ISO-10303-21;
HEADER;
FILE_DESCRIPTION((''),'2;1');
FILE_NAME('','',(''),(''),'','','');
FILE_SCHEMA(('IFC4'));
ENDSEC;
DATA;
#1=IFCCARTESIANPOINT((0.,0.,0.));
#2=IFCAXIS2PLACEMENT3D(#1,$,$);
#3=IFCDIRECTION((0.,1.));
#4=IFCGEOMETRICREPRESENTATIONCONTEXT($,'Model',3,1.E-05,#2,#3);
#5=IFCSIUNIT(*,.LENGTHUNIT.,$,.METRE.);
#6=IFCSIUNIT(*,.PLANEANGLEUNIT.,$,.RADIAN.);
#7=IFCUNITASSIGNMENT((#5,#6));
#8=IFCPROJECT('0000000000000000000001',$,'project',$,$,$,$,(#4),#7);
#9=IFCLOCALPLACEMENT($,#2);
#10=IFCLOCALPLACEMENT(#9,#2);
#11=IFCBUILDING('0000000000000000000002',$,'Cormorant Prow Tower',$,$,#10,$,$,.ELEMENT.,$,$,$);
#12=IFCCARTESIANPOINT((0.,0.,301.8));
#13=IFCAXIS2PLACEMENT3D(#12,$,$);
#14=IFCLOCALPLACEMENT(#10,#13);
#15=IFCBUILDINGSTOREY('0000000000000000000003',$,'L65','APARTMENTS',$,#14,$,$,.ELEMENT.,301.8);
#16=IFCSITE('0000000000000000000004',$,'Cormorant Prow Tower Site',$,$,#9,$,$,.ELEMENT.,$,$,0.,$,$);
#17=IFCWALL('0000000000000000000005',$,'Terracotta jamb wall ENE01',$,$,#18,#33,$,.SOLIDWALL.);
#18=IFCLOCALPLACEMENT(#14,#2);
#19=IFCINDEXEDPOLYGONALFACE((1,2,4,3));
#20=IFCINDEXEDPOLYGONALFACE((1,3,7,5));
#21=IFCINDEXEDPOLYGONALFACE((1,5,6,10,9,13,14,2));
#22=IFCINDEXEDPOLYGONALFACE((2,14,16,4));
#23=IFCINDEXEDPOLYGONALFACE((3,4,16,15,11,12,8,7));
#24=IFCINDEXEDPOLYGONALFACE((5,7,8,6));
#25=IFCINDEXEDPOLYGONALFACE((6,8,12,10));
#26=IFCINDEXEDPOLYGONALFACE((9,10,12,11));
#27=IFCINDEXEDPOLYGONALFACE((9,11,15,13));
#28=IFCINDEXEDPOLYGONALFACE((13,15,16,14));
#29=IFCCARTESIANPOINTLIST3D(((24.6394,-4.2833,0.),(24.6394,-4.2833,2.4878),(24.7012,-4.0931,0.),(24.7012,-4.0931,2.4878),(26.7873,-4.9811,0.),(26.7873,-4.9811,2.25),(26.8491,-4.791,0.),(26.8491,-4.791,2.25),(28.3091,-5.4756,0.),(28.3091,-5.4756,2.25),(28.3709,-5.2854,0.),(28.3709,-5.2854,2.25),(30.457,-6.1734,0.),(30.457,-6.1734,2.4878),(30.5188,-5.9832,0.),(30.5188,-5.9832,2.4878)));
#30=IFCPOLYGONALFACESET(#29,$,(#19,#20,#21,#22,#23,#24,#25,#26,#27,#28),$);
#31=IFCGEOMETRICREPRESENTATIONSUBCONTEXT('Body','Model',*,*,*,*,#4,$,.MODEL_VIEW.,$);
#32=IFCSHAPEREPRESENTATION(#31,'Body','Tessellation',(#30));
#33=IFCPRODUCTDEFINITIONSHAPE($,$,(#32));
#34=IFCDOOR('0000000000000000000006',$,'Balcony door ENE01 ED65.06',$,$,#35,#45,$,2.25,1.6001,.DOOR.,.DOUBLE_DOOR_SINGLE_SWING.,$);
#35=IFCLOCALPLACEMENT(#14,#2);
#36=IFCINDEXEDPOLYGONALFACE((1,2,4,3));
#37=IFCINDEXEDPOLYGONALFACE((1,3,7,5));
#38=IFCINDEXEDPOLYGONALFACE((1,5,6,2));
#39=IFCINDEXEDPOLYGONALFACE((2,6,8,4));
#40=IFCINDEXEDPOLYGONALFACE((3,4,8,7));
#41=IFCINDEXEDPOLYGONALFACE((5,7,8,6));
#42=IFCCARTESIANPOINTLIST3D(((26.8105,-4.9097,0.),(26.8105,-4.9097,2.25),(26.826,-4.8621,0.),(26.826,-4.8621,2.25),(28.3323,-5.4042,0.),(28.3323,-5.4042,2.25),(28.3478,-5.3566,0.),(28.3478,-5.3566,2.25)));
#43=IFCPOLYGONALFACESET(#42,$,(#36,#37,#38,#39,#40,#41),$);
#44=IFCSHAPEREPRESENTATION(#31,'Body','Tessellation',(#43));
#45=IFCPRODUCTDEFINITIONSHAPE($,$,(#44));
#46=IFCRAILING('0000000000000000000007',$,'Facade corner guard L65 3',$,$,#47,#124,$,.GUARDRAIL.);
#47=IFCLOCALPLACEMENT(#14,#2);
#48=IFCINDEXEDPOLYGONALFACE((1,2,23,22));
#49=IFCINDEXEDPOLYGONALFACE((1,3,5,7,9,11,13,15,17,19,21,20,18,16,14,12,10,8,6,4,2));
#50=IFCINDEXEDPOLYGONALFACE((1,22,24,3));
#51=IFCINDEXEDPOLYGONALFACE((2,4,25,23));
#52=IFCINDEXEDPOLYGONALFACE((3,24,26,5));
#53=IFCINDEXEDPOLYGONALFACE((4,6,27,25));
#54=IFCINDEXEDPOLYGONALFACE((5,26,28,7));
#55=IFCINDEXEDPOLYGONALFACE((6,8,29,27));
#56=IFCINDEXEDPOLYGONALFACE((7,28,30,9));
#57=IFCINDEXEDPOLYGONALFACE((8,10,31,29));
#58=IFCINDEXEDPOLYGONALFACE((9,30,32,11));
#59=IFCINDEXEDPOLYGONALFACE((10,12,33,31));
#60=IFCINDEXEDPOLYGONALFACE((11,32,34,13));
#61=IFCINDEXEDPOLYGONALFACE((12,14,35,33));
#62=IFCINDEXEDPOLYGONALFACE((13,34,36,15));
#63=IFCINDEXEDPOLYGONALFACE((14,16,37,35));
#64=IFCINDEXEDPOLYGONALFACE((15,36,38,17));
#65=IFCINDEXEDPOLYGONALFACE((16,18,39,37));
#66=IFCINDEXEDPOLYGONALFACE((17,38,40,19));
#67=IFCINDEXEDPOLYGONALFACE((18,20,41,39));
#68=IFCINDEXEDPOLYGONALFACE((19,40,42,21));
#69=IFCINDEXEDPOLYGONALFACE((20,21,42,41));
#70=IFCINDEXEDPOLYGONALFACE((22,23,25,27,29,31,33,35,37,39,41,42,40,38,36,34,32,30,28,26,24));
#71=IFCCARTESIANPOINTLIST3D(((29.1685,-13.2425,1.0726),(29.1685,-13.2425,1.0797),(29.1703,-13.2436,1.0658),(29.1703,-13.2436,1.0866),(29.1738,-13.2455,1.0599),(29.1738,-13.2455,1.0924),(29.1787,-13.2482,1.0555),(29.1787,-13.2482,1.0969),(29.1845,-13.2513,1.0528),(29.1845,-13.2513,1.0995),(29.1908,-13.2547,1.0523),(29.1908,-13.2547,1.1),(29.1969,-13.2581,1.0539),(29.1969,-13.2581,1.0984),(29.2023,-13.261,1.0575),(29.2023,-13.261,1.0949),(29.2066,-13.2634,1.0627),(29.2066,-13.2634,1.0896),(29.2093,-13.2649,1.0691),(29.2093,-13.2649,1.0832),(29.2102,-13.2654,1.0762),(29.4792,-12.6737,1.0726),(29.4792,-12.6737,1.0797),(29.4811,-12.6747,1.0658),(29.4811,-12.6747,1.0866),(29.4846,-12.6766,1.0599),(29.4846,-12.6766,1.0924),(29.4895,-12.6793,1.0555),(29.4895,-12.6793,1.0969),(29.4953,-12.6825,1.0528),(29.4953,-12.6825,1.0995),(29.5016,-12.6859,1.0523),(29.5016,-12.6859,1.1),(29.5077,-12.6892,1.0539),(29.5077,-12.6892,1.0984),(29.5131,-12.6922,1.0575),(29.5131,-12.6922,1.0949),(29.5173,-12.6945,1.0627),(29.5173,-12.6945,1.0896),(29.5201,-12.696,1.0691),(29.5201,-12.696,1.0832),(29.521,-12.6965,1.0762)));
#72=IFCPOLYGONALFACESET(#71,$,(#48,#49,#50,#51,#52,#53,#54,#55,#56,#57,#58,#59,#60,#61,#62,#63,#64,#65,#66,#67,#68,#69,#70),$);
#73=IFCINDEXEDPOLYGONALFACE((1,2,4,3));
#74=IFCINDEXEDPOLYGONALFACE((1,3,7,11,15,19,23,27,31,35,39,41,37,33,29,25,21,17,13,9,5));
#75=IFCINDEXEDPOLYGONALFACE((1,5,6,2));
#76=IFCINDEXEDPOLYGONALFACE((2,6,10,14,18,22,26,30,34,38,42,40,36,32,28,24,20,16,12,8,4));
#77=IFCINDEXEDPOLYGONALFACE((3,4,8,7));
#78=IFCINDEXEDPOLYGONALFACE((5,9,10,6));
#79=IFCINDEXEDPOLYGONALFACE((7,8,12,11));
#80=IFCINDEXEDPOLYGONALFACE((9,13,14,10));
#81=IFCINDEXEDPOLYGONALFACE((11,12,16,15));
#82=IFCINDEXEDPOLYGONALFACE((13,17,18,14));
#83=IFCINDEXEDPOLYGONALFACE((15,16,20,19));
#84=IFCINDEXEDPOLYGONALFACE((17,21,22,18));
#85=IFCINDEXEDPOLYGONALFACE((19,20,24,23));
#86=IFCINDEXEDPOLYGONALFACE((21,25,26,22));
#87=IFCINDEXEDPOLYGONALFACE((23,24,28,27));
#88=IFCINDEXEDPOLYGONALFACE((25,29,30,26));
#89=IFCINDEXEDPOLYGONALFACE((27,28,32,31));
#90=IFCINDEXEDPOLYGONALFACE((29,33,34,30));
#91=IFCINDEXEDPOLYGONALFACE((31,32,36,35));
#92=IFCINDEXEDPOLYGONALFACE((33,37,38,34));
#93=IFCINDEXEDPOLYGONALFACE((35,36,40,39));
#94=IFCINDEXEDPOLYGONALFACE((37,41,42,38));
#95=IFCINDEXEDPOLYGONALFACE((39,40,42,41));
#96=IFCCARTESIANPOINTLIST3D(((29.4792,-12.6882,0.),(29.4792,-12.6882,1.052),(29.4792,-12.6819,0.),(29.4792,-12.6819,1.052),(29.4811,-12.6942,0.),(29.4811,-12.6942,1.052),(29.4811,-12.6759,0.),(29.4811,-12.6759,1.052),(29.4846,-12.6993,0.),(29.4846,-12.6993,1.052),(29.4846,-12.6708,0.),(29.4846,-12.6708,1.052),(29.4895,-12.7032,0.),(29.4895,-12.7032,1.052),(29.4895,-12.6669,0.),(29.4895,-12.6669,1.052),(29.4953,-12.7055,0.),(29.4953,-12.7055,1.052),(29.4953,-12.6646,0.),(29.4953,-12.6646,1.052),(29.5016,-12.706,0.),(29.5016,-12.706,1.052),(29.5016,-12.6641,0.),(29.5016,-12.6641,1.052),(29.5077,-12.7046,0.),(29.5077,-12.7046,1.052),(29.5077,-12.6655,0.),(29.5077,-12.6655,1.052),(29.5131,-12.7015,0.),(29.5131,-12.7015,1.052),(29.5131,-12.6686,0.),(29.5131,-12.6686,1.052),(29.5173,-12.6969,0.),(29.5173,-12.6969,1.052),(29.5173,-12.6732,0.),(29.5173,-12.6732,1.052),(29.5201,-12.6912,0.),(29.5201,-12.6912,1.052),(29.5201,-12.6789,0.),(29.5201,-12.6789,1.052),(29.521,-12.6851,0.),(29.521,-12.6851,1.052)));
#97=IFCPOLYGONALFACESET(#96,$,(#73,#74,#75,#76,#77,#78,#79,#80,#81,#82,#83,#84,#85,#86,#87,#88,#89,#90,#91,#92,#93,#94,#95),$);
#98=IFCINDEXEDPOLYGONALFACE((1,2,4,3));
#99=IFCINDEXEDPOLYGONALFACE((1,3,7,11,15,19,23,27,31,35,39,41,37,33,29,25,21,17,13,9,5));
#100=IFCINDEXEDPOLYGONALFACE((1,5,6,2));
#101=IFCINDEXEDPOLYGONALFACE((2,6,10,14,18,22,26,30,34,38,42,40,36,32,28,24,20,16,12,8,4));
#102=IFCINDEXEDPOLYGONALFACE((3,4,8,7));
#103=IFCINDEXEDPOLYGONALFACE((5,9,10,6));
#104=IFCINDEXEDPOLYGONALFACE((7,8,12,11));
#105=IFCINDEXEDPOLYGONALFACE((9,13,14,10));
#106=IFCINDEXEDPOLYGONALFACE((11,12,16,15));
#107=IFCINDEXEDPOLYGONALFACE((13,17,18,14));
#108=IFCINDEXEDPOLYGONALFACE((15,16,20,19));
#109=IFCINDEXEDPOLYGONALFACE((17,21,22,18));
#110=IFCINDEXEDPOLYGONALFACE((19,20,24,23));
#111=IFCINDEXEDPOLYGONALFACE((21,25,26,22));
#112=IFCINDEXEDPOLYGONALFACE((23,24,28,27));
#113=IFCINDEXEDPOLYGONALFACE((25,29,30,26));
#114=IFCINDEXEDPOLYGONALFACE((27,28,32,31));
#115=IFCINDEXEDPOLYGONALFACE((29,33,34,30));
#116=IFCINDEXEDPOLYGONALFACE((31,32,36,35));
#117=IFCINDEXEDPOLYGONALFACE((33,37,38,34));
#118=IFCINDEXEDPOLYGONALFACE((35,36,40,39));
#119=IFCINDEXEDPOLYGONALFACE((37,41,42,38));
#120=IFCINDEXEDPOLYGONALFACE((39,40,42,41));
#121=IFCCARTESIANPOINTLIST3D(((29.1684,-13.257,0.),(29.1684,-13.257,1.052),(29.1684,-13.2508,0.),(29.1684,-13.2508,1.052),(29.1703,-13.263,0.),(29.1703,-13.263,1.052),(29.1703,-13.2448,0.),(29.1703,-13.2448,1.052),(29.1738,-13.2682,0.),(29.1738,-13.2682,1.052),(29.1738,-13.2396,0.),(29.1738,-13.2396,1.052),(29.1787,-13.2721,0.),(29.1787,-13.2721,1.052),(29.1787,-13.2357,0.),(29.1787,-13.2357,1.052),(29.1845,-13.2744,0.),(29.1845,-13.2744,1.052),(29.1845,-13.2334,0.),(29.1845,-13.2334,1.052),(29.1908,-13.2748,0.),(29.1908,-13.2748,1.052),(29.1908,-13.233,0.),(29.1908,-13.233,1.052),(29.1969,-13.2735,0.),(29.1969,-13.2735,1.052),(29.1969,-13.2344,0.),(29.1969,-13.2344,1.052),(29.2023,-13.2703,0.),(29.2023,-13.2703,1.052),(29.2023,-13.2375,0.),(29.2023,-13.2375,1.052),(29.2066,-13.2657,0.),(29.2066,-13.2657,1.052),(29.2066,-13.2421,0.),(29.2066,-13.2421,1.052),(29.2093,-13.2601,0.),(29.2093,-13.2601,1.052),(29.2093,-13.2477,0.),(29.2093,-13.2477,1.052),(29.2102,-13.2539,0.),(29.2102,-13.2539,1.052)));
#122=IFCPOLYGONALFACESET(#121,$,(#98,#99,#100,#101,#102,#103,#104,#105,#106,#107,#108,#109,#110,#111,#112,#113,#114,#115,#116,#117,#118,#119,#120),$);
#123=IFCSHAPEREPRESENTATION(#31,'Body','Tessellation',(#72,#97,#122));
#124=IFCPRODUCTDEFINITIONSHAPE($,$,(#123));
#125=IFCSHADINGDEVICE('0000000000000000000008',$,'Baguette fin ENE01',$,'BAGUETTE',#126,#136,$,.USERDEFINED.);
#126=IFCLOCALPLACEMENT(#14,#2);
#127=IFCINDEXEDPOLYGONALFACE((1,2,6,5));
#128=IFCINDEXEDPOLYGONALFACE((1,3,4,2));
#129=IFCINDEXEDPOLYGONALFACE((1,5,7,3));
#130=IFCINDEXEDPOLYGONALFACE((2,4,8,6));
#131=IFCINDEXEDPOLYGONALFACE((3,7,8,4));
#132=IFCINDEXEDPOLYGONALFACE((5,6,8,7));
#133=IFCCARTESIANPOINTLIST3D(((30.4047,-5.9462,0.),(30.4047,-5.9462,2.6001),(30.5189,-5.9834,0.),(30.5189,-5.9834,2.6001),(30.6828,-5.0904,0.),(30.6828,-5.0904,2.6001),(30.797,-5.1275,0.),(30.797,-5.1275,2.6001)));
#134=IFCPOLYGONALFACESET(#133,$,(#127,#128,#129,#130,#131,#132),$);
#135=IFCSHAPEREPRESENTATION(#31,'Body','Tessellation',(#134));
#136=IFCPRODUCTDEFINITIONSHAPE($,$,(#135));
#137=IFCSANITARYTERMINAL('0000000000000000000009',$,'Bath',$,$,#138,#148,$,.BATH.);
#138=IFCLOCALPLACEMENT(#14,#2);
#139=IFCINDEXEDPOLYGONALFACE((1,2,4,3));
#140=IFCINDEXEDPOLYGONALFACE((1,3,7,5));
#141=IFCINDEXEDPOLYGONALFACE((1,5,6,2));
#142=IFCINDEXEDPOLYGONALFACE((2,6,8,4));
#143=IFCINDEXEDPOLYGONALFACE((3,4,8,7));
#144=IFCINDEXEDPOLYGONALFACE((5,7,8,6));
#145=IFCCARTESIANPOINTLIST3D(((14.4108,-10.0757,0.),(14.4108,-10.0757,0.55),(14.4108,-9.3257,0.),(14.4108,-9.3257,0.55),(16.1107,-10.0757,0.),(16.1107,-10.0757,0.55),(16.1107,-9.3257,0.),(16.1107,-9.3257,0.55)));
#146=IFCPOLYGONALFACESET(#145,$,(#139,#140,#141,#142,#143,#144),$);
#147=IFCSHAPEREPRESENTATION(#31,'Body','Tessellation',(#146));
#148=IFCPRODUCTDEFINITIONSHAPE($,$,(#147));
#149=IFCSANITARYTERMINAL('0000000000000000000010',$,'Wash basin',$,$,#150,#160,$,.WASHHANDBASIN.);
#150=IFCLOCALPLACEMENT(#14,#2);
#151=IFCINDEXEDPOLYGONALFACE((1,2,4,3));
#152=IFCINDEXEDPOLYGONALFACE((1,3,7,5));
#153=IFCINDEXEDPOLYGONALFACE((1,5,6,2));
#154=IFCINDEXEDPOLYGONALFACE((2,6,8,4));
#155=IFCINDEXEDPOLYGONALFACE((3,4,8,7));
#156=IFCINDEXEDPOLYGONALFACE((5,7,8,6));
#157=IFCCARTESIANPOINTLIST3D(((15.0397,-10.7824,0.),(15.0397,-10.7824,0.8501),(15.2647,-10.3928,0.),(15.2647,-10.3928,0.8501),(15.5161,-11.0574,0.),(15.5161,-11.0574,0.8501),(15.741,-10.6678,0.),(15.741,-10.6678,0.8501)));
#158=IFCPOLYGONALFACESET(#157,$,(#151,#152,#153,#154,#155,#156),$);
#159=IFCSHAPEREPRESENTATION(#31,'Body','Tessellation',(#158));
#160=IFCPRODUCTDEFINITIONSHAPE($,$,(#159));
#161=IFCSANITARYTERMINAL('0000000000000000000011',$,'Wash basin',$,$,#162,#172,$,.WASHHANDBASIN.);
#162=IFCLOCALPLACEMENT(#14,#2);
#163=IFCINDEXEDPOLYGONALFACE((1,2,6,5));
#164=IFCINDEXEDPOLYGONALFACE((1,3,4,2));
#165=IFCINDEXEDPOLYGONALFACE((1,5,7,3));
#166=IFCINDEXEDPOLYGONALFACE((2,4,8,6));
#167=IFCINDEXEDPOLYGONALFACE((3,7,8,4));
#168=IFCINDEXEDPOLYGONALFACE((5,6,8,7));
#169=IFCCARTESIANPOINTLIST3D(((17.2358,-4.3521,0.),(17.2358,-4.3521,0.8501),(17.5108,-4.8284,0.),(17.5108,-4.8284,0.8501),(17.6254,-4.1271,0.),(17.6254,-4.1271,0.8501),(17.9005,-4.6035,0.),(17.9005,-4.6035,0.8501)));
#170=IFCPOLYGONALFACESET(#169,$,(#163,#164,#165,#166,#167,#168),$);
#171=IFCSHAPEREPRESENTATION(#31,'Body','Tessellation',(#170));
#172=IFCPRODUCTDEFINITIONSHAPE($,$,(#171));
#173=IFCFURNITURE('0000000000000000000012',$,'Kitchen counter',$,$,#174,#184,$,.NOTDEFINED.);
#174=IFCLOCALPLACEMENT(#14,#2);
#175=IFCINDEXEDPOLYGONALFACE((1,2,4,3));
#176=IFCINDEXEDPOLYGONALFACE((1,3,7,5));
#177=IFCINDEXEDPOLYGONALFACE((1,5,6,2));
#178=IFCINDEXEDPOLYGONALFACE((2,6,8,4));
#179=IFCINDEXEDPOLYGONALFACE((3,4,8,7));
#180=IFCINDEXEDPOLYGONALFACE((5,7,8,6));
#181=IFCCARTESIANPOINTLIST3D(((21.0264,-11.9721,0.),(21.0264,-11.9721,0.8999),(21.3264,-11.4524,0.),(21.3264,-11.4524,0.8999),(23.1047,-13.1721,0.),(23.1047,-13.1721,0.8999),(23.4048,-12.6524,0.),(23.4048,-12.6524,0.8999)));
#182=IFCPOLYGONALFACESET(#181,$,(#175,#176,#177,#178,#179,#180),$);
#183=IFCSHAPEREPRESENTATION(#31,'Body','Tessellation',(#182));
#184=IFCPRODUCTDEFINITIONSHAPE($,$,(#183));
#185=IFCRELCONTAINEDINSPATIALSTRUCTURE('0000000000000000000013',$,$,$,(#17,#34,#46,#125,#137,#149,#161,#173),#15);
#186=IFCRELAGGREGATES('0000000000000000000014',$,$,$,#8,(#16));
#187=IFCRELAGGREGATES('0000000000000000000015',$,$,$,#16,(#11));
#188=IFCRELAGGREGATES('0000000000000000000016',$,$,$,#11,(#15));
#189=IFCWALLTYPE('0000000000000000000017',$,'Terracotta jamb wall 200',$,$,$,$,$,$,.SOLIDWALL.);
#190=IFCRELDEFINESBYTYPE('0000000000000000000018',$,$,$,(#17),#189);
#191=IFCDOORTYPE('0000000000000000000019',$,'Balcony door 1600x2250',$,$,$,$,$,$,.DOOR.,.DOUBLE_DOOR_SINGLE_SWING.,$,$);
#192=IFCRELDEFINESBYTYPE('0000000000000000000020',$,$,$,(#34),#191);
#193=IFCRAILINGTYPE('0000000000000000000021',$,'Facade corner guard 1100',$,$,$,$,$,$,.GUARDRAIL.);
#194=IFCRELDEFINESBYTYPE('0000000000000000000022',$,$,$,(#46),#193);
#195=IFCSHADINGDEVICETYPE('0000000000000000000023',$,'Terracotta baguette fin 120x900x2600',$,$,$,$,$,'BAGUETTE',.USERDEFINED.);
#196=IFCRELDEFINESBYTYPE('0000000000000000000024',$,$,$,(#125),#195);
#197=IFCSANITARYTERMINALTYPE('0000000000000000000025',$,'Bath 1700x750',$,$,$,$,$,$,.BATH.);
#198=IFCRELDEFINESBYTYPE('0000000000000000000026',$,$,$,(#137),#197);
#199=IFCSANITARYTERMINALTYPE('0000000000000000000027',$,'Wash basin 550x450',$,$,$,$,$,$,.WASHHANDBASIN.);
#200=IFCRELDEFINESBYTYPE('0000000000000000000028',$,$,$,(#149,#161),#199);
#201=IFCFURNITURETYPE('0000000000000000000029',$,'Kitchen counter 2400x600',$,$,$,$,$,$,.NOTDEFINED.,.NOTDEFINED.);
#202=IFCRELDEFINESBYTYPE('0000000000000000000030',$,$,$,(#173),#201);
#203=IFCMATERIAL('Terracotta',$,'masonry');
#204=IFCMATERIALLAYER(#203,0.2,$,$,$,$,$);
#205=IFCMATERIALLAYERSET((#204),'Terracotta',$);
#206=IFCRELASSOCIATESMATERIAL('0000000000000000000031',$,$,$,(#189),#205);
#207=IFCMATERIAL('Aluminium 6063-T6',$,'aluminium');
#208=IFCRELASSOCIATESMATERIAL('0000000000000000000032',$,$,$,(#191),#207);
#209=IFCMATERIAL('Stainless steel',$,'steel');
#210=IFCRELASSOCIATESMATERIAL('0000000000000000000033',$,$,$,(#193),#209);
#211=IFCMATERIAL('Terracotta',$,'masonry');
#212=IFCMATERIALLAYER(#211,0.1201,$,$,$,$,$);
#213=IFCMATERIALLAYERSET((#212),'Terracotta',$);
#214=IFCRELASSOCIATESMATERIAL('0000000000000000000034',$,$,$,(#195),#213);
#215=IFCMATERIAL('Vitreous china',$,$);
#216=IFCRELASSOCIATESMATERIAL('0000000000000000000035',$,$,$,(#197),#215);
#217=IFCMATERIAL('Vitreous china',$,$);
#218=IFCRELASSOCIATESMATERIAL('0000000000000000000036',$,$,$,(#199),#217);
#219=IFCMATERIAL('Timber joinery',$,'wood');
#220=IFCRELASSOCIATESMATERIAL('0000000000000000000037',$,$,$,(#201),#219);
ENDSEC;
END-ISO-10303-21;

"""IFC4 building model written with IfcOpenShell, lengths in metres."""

from ifc_helpers import new_model, si_unit, direction, frame, frame_2d, origin, origin_2d, place, context, subcontext, project, spatial, rectangle, circle, extrude, material, layer, layer_set, type_object, element, fill, save


model = new_model("IFC4")

# Units and contexts
model_context = context("Model", 3, precision=1e-05, world=origin(), true_north=direction((0.0, 1.0)))
body_context = subcontext(model_context, "Body", "Model", "MODEL_VIEW")
ifc_project = project(units=[si_unit("LENGTHUNIT", "METRE"), si_unit("PLANEANGLEUNIT", "RADIAN")], contexts=[model_context])

# Site, building, storey
site_placement = place(None, origin())
site = spatial("IfcSite", under=ifc_project, at=site_placement, Name="Cormorant Prow Tower Site", CompositionType="ELEMENT", RefElevation=0.0)
building_placement = place(site_placement, origin())
building = spatial("IfcBuilding", under=site, at=building_placement, Name="Cormorant Prow Tower", CompositionType="ELEMENT")
storey_placement = place(building_placement, frame((0.0, 0.0, 301.8)))
storey = spatial("IfcBuildingStorey", under=building, at=storey_placement, Name="L65", Description="APARTMENTS", CompositionType="ELEMENT", Elevation=301.8)

# Wall, opening, door
ifc_material_1 = material(Name="Terracotta", Category="masonry")
ifc_layer_1 = layer(ifc_material_1, 0.2)
ifc_layer_set_1 = layer_set([ifc_layer_1], Name="Terracotta")
wall_type_1 = type_object("IfcWallType", Name="Terracotta jamb wall 200", PredefinedType="SOLIDWALL", material=ifc_layer_set_1)
wall_1_placement = place(storey_placement, frame((30.488, -6.0784, 0.0), z_axis=(0.0, 0.0, 1.0), x_axis=(-0.951063, 0.308999, 0.0)))
wall_1 = element("IfcWall", 1, at=wall_1_placement, inside=storey, type_object=wall_type_1, Name="Terracotta jamb wall ENE01", PredefinedType="SOLIDWALL", context=body_context, shape_type="SweptSolid", body=[
    extrude(rectangle(XDim=6.1169, YDim=0.2, at=frame_2d((3.0586, 0.0))), origin(), (0.0, 0.0, 1.0), 2.4878),
])
opening_1_placement = place(wall_1_placement, frame((2.2585, 0.0, 0.0)))
opening_1 = element("IfcOpeningElement", 2, at=opening_1_placement, cuts=wall_1, PredefinedType="OPENING", context=body_context, shape_type="SweptSolid", body=[
    extrude(rectangle(XDim=1.6001, YDim=2.25, at=frame_2d((0.8, 1.125))), frame((0.0, 0.1099, 0.0), z_axis=(0.0, -1.0, 0.0), x_axis=(1.0, 0.0, 0.0)), (0.0, 0.0, 1.0), 0.22),
])
ifc_material_2 = material(Name="Aluminium 6063-T6", Category="aluminium")
door_type_1 = type_object("IfcDoorType", Name="Balcony door 1600x2250", OperationType="DOUBLE_DOOR_SINGLE_SWING", PredefinedType="DOOR", material=ifc_material_2)
door_1_placement = place(opening_1_placement, origin())
door_1 = element("IfcDoor", 3, at=door_1_placement, inside=storey, type_object=door_type_1, Name="Balcony door ENE01 ED65.06", OperationType="DOUBLE_DOOR_SINGLE_SWING", OverallHeight=2.25, OverallWidth=1.6001, PredefinedType="DOOR", context=body_context, shape_type="SweptSolid", body=[
    extrude(rectangle(XDim=1.6001, YDim=2.25, at=frame_2d((0.8, 1.125))), frame((0.0, 0.0249, 0.0), z_axis=(0.0, -1.0, 0.0), x_axis=(1.0, 0.0, 0.0)), (0.0, 0.0, 1.0), 0.05),
])
fill(opening_1, door_1)

# Railing
ifc_material_3 = material(Name="Stainless steel", Category="steel")
railing_type_1 = type_object("IfcRailingType", Name="Facade corner guard 1100", PredefinedType="GUARDRAIL", material=ifc_material_3)
railing_1_placement = place(storey_placement, frame((29.5, -12.6851, 0.0)))
element("IfcRailing", 4, at=railing_1_placement, inside=storey, type_object=railing_type_1, Name="Facade corner guard L65 3", PredefinedType="GUARDRAIL", context=body_context, shape_type="SweptSolid", body=[
    extrude(circle(Radius=0.0239, at=origin_2d()), frame((0.0, 0.0, 1.0762), z_axis=(-0.479459, -0.877564, 0.0), x_axis=(0.877564, -0.479459, 0.0)), (0.0, 0.0, 1.0), 0.6482),
    extrude(circle(Radius=0.021, at=origin_2d()), origin(), (0.0, 0.0, 1.0), 1.052),
    extrude(circle(Radius=0.021, at=origin_2d()), frame((-0.3108, -0.5688, 0.0)), (0.0, 0.0, 1.0), 1.052),
])

# Shading device
ifc_material_4 = material(Name="Terracotta", Category="masonry")
ifc_layer_2 = layer(ifc_material_4, 0.1201)
ifc_layer_set_2 = layer_set([ifc_layer_2], Name="Terracotta")
shading_device_type = type_object("IfcShadingDeviceType", Name="Terracotta baguette fin 120x900x2600", ElementType="BAGUETTE", PredefinedType="USERDEFINED", material=ifc_layer_set_2)
shading_device_placement = place(storey_placement, frame((30.6008, -5.5369, 0.0), z_axis=(0.0, 0.0, 1.0), x_axis=(-0.951057, 0.309017, 0.0)))
element("IfcShadingDevice", 5, at=shading_device_placement, inside=storey, type_object=shading_device_type, Name="Baguette fin ENE01", ObjectType="BAGUETTE", PredefinedType="USERDEFINED", context=body_context, shape_type="SweptSolid", body=[
    extrude(rectangle(XDim=0.1201, YDim=0.8999, at=origin_2d()), origin(), (0.0, 0.0, 1.0), 2.6001),
])

# Sanitary terminals
ifc_material_5 = material(Name="Vitreous china")
sanitary_terminal_type_1 = type_object("IfcSanitaryTerminalType", Name="Bath 1700x750", PredefinedType="BATH", material=ifc_material_5)
sanitary_terminal_placement = place(storey_placement, frame((15.2607, -9.7007, 0.0), z_axis=(0.0, 0.0, 1.0), x_axis=(1.0, 0.0, 0.0)))
element("IfcSanitaryTerminal", 6, at=sanitary_terminal_placement, inside=storey, type_object=sanitary_terminal_type_1, Name="Bath", PredefinedType="BATH", context=body_context, shape_type="SweptSolid", body=[
    extrude(rectangle(XDim=1.7, YDim=0.75, at=origin_2d()), origin(), (0.0, 0.0, 1.0), 0.55),
])
ifc_material_6 = material(Name="Vitreous china")
sanitary_terminal_type_2 = type_object("IfcSanitaryTerminalType", Name="Wash basin 550x450", PredefinedType="WASHHANDBASIN", material=ifc_material_6)
for number, where, z_axis, x_axis, name in (
    (7, (15.3904, -10.7251, 0.0), (0.0, 0.0, 1.0), (-0.866025, 0.5, 0.0), "Wash basin"),
    (8, (17.5681, -4.4778, 0.0), (0.0, 0.0, 1.0), (-0.5, 0.866025, 0.0), "Wash basin"),
):
    element("IfcSanitaryTerminal", number, at=place(storey_placement, frame(where, z_axis=z_axis, x_axis=x_axis)), inside=storey, type_object=sanitary_terminal_type_2, Name=name, PredefinedType="WASHHANDBASIN", context=body_context, shape_type="SweptSolid", body=[
        extrude(rectangle(XDim=0.55, YDim=0.45, at=origin_2d()), origin(), (0.0, 0.0, 1.0), 0.8501),
    ])

# Furniture
ifc_material_7 = material(Name="Timber joinery", Category="wood")
furniture_type = type_object("IfcFurnitureType", Name="Kitchen counter 2400x600", AssemblyPlace="NOTDEFINED", PredefinedType="NOTDEFINED", material=ifc_material_7)
furniture_placement = place(storey_placement, frame((22.2156, -12.3123, 0.0), z_axis=(0.0, 0.0, 1.0), x_axis=(-0.866025, 0.5, 0.0)))
element("IfcFurniture", 9, at=furniture_placement, inside=storey, type_object=furniture_type, Name="Kitchen counter", PredefinedType="NOTDEFINED", context=body_context, shape_type="SweptSolid", body=[
    extrude(rectangle(XDim=2.3999, YDim=0.6001, at=origin_2d()), origin(), (0.0, 0.0, 1.0), 0.8999),
])

save(model, "model.ifc")
